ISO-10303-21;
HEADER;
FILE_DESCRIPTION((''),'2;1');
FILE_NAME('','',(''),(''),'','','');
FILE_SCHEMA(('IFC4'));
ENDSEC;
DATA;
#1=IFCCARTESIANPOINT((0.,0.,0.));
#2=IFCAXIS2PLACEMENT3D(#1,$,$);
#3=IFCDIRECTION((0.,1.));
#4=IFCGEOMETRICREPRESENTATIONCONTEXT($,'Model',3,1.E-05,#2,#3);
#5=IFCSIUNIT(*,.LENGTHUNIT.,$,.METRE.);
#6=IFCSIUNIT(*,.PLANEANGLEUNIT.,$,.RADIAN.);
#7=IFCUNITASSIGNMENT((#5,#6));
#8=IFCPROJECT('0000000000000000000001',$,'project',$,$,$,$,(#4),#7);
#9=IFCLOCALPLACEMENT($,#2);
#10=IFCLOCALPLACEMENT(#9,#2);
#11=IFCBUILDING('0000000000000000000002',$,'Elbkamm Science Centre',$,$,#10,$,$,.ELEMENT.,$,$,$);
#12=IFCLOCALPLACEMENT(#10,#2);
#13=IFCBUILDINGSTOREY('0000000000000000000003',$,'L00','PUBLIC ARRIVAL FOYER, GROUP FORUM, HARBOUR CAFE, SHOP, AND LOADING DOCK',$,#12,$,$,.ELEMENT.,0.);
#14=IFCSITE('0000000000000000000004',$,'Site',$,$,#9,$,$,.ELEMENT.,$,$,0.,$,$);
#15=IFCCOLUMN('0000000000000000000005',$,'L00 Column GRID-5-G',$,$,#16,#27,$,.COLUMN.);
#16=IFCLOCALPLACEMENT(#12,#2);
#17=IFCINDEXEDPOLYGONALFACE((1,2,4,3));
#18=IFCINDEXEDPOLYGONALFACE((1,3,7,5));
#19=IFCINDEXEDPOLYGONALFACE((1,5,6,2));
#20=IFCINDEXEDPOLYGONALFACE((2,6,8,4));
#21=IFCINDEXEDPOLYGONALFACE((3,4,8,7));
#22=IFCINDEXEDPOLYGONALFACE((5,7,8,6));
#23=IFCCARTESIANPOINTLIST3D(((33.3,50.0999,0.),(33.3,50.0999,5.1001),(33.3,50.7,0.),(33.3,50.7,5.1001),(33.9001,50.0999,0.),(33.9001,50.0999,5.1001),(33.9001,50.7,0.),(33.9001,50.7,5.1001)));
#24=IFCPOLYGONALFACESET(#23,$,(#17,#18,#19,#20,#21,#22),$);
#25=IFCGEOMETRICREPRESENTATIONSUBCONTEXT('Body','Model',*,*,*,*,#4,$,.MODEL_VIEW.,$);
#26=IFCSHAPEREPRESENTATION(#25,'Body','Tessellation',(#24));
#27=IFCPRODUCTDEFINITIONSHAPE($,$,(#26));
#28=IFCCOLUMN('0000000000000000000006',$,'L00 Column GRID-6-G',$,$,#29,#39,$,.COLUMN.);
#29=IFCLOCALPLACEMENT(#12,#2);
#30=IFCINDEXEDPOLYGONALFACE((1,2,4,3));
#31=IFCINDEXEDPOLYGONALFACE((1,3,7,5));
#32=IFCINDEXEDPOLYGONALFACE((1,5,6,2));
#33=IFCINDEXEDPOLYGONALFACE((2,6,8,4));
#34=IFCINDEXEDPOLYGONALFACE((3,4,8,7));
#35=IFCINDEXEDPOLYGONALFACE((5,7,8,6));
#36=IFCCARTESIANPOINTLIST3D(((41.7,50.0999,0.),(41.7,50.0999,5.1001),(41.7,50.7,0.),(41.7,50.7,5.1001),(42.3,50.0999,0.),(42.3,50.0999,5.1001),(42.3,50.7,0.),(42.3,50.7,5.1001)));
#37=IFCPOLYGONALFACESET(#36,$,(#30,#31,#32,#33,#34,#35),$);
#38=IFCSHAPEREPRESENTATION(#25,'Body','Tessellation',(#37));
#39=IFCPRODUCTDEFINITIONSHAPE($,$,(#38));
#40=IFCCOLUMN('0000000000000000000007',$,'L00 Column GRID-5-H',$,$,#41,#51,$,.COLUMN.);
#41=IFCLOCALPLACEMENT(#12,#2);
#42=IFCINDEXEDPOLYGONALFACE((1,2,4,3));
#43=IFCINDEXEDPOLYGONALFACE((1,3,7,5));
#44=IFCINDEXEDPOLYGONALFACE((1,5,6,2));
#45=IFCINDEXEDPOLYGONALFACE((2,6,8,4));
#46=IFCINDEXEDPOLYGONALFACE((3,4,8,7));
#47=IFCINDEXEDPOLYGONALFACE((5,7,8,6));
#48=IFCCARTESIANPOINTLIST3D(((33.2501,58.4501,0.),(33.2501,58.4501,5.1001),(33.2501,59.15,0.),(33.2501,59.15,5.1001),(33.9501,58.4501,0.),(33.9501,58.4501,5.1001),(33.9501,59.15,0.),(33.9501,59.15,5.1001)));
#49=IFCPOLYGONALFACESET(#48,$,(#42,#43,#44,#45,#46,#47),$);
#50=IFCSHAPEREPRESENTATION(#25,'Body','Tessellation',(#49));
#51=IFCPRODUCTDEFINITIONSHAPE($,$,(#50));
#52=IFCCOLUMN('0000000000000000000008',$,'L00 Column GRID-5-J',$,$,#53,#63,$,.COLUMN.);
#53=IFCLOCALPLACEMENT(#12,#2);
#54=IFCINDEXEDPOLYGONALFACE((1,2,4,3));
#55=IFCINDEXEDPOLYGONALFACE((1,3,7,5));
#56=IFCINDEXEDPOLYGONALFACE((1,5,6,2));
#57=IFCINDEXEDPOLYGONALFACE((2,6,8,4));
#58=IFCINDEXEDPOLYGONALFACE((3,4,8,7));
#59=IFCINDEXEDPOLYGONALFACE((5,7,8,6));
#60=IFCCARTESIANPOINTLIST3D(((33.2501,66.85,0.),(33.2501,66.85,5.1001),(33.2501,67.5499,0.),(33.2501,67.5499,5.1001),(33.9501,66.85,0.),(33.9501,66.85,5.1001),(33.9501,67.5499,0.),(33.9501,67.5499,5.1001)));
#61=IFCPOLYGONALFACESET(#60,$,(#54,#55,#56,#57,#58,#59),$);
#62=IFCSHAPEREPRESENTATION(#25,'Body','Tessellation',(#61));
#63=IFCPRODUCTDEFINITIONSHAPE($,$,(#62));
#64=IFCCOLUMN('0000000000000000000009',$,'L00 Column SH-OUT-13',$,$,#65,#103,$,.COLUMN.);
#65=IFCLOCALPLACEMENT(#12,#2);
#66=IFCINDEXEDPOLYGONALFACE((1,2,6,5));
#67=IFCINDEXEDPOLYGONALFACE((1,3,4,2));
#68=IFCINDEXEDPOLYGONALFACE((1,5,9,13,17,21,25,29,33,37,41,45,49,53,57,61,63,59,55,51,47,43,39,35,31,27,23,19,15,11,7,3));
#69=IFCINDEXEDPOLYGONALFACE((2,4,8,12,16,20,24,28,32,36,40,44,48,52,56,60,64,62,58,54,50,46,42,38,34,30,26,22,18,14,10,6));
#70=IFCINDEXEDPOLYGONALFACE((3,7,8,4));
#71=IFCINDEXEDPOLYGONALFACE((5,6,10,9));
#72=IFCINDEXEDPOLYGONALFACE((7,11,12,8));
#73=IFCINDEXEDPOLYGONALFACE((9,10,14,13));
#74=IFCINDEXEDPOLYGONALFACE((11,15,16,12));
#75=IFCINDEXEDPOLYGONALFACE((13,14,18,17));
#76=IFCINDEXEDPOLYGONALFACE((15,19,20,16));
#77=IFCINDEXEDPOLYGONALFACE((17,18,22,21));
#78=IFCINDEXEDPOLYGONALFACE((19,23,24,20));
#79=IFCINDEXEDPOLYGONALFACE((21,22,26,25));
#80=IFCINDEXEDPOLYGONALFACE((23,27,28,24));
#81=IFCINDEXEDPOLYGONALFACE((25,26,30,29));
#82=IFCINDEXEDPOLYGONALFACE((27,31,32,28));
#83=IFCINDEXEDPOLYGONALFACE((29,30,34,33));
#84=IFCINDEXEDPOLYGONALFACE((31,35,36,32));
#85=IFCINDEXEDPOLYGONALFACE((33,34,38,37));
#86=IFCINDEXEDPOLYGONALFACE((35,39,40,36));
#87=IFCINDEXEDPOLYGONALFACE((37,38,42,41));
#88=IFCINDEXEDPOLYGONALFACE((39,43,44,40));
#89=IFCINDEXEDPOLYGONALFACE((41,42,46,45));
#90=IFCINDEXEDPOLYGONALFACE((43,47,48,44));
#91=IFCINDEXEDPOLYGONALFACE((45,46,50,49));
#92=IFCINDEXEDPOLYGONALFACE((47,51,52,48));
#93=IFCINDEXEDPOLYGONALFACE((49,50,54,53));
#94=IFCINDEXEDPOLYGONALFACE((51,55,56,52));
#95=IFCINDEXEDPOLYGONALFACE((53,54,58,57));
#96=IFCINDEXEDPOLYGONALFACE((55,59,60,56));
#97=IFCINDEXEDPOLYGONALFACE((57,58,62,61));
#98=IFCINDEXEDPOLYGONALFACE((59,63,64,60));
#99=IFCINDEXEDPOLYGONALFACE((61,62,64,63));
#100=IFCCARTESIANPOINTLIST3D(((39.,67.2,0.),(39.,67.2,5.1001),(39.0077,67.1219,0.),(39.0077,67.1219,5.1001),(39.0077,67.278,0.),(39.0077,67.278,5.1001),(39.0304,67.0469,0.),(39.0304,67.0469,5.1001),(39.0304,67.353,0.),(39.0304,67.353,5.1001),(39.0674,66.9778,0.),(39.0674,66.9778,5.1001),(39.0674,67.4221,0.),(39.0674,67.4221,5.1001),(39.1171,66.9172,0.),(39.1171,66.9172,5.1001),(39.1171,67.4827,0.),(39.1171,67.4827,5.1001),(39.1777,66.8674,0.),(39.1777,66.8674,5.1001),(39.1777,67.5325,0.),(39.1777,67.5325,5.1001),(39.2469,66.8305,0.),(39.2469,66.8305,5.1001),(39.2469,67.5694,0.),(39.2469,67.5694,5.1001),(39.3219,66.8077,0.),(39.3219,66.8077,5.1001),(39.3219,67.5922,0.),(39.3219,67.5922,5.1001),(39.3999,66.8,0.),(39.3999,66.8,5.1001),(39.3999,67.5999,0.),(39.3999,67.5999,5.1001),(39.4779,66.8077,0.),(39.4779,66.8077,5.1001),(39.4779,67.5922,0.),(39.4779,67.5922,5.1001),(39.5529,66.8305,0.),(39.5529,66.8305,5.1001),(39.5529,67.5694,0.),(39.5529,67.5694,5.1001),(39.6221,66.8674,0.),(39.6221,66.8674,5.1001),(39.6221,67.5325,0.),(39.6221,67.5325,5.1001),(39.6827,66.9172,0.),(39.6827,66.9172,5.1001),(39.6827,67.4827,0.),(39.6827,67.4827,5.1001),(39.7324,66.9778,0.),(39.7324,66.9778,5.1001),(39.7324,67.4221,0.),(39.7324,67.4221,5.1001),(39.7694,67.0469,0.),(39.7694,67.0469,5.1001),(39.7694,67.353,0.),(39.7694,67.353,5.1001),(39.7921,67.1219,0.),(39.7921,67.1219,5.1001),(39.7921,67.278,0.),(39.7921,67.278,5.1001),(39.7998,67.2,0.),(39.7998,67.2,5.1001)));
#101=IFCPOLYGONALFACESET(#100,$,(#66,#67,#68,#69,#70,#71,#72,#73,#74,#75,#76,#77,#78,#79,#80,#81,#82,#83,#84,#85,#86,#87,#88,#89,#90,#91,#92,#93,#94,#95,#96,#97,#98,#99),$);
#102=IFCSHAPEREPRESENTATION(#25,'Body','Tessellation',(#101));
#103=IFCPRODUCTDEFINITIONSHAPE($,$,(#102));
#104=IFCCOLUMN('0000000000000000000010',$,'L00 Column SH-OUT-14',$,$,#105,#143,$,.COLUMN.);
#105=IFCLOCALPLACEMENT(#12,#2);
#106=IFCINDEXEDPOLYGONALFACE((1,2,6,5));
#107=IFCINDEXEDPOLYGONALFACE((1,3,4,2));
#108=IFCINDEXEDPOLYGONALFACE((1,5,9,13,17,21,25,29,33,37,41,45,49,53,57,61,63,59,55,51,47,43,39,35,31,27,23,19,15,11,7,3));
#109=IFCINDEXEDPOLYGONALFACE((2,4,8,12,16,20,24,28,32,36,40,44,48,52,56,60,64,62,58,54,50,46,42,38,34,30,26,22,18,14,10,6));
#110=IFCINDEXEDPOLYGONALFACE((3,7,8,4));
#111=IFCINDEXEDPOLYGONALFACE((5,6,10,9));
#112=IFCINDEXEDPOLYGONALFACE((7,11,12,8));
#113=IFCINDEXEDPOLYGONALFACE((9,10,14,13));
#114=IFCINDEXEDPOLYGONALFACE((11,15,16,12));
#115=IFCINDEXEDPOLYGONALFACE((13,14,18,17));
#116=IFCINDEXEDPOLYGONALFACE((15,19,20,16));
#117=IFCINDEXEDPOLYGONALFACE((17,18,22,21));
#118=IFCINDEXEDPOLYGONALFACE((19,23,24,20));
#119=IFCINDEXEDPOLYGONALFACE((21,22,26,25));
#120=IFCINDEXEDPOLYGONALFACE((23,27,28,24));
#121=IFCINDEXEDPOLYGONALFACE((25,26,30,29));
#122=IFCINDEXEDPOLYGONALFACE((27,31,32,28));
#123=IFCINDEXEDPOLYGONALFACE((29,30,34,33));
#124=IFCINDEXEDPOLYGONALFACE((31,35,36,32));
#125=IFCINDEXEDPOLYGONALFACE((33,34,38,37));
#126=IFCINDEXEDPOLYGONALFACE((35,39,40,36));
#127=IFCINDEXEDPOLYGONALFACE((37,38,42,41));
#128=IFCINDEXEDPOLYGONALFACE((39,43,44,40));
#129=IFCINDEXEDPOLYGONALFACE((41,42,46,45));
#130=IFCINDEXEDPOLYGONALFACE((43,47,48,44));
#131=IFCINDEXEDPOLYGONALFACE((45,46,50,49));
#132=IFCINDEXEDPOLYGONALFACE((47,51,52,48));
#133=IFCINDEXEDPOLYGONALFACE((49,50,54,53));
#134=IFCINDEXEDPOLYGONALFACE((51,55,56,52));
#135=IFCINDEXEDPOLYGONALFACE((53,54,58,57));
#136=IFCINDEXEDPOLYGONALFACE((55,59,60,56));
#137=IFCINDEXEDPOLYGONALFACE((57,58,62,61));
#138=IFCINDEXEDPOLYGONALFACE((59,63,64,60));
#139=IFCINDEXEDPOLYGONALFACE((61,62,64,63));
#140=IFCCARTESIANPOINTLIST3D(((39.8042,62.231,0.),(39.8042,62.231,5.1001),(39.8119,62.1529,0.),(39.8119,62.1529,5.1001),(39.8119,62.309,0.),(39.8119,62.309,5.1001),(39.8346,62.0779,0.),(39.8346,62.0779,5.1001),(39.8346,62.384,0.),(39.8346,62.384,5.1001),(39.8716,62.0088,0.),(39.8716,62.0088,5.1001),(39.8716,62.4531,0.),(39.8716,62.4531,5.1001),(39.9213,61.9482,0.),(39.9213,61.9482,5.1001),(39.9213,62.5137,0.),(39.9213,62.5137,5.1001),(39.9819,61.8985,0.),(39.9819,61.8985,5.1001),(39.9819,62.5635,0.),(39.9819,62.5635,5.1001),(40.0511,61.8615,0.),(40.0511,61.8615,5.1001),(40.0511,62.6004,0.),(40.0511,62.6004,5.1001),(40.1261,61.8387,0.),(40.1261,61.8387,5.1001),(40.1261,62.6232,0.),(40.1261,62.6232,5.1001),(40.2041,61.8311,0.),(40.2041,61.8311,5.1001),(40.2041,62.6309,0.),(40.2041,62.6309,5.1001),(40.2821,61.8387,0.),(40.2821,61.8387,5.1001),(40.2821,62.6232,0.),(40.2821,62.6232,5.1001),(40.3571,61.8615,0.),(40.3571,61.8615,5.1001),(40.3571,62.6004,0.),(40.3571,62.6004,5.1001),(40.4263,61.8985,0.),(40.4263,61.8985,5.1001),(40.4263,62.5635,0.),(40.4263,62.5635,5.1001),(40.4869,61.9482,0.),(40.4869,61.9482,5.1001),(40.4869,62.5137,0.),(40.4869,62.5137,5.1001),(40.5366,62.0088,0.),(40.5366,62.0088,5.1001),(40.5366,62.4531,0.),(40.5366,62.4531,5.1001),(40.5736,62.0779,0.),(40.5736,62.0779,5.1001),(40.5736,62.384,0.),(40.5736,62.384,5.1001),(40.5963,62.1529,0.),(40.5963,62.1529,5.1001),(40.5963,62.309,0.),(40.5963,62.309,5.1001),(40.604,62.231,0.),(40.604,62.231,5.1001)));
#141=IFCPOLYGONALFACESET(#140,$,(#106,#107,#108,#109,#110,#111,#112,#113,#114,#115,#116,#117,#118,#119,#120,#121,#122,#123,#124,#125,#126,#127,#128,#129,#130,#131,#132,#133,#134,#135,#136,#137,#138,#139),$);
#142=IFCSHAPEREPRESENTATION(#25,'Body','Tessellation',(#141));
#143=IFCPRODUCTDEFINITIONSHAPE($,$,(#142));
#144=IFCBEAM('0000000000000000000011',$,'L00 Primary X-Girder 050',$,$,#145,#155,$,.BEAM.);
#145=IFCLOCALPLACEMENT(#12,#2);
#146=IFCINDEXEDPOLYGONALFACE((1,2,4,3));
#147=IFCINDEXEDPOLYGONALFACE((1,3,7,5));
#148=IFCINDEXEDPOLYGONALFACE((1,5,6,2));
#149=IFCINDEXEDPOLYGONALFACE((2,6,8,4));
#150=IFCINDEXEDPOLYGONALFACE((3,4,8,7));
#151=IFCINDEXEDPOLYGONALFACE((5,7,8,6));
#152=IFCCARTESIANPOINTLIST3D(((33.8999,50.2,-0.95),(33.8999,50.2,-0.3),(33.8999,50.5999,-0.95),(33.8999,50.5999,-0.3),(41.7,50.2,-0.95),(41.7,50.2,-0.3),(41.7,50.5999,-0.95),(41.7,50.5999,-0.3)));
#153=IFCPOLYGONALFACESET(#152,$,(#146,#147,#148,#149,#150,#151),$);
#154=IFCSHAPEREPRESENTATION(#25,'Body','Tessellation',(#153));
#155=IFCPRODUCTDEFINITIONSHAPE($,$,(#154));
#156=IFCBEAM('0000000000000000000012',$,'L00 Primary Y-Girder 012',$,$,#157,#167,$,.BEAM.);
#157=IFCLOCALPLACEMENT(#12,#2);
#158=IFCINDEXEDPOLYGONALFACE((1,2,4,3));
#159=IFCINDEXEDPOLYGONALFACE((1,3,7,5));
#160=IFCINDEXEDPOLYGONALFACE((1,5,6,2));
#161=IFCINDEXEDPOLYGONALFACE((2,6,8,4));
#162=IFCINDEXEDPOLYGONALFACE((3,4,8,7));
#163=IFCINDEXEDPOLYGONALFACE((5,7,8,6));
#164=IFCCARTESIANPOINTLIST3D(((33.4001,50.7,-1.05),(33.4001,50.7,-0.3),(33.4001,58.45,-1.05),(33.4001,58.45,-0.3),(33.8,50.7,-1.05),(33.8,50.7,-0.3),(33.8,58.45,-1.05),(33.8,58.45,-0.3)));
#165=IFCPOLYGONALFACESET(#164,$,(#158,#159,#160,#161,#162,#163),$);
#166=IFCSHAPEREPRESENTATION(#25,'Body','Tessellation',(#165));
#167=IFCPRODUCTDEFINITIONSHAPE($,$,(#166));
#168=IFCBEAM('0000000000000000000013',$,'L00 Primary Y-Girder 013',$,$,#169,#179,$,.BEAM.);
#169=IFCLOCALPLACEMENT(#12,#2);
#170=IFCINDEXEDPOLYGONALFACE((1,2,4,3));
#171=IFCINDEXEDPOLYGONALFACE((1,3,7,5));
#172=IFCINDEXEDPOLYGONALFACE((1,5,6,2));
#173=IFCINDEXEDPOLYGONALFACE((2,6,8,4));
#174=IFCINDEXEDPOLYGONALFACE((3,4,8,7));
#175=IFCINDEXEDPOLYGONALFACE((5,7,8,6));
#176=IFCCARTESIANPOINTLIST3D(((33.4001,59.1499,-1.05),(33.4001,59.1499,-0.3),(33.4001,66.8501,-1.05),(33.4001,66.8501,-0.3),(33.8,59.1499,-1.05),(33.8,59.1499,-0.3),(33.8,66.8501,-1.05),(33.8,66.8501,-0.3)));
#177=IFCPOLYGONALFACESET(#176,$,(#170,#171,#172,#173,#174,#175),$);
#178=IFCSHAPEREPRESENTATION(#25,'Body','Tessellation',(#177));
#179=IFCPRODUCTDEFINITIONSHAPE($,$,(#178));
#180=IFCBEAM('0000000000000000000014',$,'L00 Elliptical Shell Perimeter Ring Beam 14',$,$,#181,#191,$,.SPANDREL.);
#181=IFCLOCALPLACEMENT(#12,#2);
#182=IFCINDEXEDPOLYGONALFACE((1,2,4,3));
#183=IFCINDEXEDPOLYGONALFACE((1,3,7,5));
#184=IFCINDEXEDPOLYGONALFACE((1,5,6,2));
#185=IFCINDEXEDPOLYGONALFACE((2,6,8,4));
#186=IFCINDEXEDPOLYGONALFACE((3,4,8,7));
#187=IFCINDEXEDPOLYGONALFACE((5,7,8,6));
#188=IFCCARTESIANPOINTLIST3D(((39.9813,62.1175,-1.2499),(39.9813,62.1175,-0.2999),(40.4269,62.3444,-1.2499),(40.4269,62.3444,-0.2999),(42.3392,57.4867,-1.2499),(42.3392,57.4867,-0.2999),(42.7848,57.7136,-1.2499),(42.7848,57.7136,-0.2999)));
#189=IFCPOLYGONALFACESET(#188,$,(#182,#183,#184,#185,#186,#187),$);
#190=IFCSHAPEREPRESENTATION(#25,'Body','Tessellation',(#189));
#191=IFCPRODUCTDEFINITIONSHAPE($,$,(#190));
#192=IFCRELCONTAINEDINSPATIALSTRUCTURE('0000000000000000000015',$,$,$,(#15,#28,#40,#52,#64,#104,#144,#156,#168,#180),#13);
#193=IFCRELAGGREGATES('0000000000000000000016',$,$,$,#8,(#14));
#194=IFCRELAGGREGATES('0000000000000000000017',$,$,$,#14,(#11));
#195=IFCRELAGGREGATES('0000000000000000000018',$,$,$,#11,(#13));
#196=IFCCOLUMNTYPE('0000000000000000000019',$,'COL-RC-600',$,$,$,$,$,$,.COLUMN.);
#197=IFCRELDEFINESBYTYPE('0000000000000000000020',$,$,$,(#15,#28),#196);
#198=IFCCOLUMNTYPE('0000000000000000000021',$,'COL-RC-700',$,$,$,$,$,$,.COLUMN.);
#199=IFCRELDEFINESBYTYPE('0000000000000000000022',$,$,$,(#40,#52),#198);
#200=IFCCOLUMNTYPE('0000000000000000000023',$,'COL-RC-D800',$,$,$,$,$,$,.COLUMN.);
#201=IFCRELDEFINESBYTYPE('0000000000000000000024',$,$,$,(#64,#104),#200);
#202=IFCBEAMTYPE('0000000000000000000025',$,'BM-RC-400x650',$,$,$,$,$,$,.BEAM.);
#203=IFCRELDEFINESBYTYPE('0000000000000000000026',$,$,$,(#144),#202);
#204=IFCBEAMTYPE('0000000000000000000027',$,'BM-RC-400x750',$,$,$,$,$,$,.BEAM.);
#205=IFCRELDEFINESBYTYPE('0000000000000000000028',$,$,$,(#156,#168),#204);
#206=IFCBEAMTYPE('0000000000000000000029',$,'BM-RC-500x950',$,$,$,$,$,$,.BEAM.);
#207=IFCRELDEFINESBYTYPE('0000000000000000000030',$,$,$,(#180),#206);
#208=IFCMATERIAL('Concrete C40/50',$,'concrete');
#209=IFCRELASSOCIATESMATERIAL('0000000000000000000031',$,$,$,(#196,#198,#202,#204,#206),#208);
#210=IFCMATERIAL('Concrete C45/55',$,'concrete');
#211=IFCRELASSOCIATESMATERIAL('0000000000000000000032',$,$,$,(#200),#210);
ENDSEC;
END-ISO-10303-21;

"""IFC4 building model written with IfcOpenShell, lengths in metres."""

from ifc_helpers import new_model, si_unit, direction, frame, origin, origin_2d, place, context, subcontext, project, spatial, rectangle, circle, extrude, material, material_profile, profile_set, type_object, element, save


model = new_model("IFC4")

# Units and contexts
model_context = context("Model", 3, precision=1e-05, world=origin(), true_north=direction((0.0, 1.0)))
body_context = subcontext(model_context, "Body", "Model", "MODEL_VIEW")
ifc_project = project(units=[si_unit("LENGTHUNIT", "METRE"), si_unit("PLANEANGLEUNIT", "RADIAN")], contexts=[model_context])

# Site, building, storey
site_placement = place(None, origin())
site = spatial("IfcSite", under=ifc_project, at=site_placement, Name="Site", CompositionType="ELEMENT", RefElevation=0.0)
building_placement = place(site_placement, origin())
building = spatial("IfcBuilding", under=site, at=building_placement, Name="Elbkamm Science Centre", CompositionType="ELEMENT")
storey_placement = place(building_placement, origin())
storey = spatial("IfcBuildingStorey", under=building, at=storey_placement, Name="L00", Description="PUBLIC ARRIVAL FOYER, GROUP FORUM, HARBOUR CAFE, SHOP, AND LOADING DOCK", CompositionType="ELEMENT", Elevation=0.0)

# Columns
ifc_material_1 = material(Name="Concrete C40/50", Category="concrete")
ifc_material_profile_1 = material_profile(ifc_material_1, rectangle(XDim=0.6001, YDim=0.6001, at=origin_2d()), Name="RC 600x600")
ifc_profile_set_1 = profile_set([ifc_material_profile_1], Name="Concrete C40/50")
column_type_1 = type_object("IfcColumnType", Name="COL-RC-600", PredefinedType="COLUMN", material=ifc_profile_set_1)
for number, where, z_axis, x_axis, name in (
    (1, (33.6001, 50.3999, 0.0), (0.0, 0.0, 1.0), (1.0, 0.0, 0.0), "L00 Column GRID-5-G"),
    (2, (42.0, 50.3999, 0.0), (0.0, 0.0, 1.0), (1.0, 0.0, 0.0), "L00 Column GRID-6-G"),
):
    element("IfcColumn", number, at=place(storey_placement, frame(where, z_axis=z_axis, x_axis=x_axis)), inside=storey, type_object=column_type_1, Name=name, PredefinedType="COLUMN", context=body_context, shape_type="SweptSolid", body=[
        extrude(rectangle(XDim=0.6001, YDim=0.6001, at=origin_2d()), origin(), (0.0, 0.0, 1.0), 5.1001),
    ])
ifc_material_profile_2 = material_profile(ifc_material_1, rectangle(XDim=0.7, YDim=0.7, at=origin_2d()), Name="RC 700x700")
ifc_profile_set_2 = profile_set([ifc_material_profile_2], Name="Concrete C40/50")
column_type_2 = type_object("IfcColumnType", Name="COL-RC-700", PredefinedType="COLUMN", material=ifc_profile_set_2)
for number, where, z_axis, x_axis, name in (
    (3, (33.6001, 58.8, 0.0), (0.0, 0.0, 1.0), (1.0, 0.0, 0.0), "L00 Column GRID-5-H"),
    (4, (33.6001, 67.2, 0.0), (0.0, 0.0, 1.0), (1.0, 0.0, 0.0), "L00 Column GRID-5-J"),
):
    element("IfcColumn", number, at=place(storey_placement, frame(where, z_axis=z_axis, x_axis=x_axis)), inside=storey, type_object=column_type_2, Name=name, PredefinedType="COLUMN", context=body_context, shape_type="SweptSolid", body=[
        extrude(rectangle(XDim=0.7, YDim=0.7, at=origin_2d()), origin(), (0.0, 0.0, 1.0), 5.1001),
    ])
ifc_material_2 = material(Name="Concrete C45/55", Category="concrete")
ifc_material_profile_3 = material_profile(ifc_material_2, circle(Radius=0.3999, at=origin_2d()), Name="RC D800")
ifc_profile_set_3 = profile_set([ifc_material_profile_3], Name="Concrete C45/55")
column_type_3 = type_object("IfcColumnType", Name="COL-RC-D800", PredefinedType="COLUMN", material=ifc_profile_set_3)
for number, where, z_axis, x_axis, name in (
    (5, (39.3999, 67.2, 0.0), (0.0, 0.0, 1.0), (1.0, 0.0, 0.0), "L00 Column SH-OUT-13"),
    (6, (40.2041, 62.231, 0.0), (0.0, 0.0, 1.0), (1.0, 0.0, 0.0), "L00 Column SH-OUT-14"),
):
    element("IfcColumn", number, at=place(storey_placement, frame(where, z_axis=z_axis, x_axis=x_axis)), inside=storey, type_object=column_type_3, Name=name, PredefinedType="COLUMN", context=body_context, shape_type="SweptSolid", body=[
        extrude(circle(Radius=0.3999, at=origin_2d()), origin(), (0.0, 0.0, 1.0), 5.1001),
    ])

# Beams
ifc_material_profile_4 = material_profile(ifc_material_1, rectangle(XDim=0.3999, YDim=0.6499, at=origin_2d()), Name="RC 400x650")
ifc_profile_set_4 = profile_set([ifc_material_profile_4], Name="Concrete C40/50")
beam_type_1 = type_object("IfcBeamType", Name="BM-RC-400x650", PredefinedType="BEAM", material=ifc_profile_set_4)
beam_1_placement = place(storey_placement, frame((33.8999, 50.3999, -0.625), z_axis=(1.0, 0.0, 0.0), x_axis=(0.0, 1.0, 0.0)))
element("IfcBeam", 7, at=beam_1_placement, inside=storey, type_object=beam_type_1, Name="L00 Primary X-Girder 050", PredefinedType="BEAM", context=body_context, shape_type="SweptSolid", body=[
    extrude(rectangle(XDim=0.3999, YDim=0.6499, at=origin_2d()), origin(), (0.0, 0.0, 1.0), 7.8),
])
ifc_material_profile_5 = material_profile(ifc_material_1, rectangle(XDim=0.3999, YDim=0.75, at=origin_2d()), Name="RC 400x750")
ifc_profile_set_5 = profile_set([ifc_material_profile_5], Name="Concrete C40/50")
beam_type_2 = type_object("IfcBeamType", Name="BM-RC-400x750", PredefinedType="BEAM", material=ifc_profile_set_5)
beam_2_placement = place(storey_placement, frame((33.6001, 50.7, -0.675), z_axis=(0.0, 1.0, 0.0), x_axis=(-1.0, 0.0, 0.0)))
element("IfcBeam", 8, at=beam_2_placement, inside=storey, type_object=beam_type_2, Name="L00 Primary Y-Girder 012", PredefinedType="BEAM", context=body_context, shape_type="SweptSolid", body=[
    extrude(rectangle(XDim=0.3999, YDim=0.75, at=origin_2d()), origin(), (0.0, 0.0, 1.0), 7.75),
])
beam_3_placement = place(storey_placement, frame((33.6001, 59.1499, -0.675), z_axis=(0.0, 1.0, 0.0), x_axis=(-1.0, 0.0, 0.0)))
element("IfcBeam", 9, at=beam_3_placement, inside=storey, type_object=beam_type_2, Name="L00 Primary Y-Girder 013", PredefinedType="BEAM", context=body_context, shape_type="SweptSolid", body=[
    extrude(rectangle(XDim=0.3999, YDim=0.75, at=origin_2d()), origin(), (0.0, 0.0, 1.0), 7.7002),
])
ifc_material_profile_6 = material_profile(ifc_material_1, rectangle(XDim=0.5, YDim=0.95, at=origin_2d()), Name="RC 500x950")
ifc_profile_set_6 = profile_set([ifc_material_profile_6], Name="Concrete C40/50")
beam_type_3 = type_object("IfcBeamType", Name="BM-RC-500x950", PredefinedType="BEAM", material=ifc_profile_set_6)
beam_4_placement = place(storey_placement, frame((40.2041, 62.231, -0.7749), z_axis=(0.453741, -0.891133, 0.0), x_axis=(0.891133, 0.453741, 0.0)))
element("IfcBeam", 10, at=beam_4_placement, inside=storey, type_object=beam_type_3, Name="L00 Elliptical Shell Perimeter Ring Beam 14", PredefinedType="SPANDREL", context=body_context, shape_type="SweptSolid", body=[
    extrude(rectangle(XDim=0.5, YDim=0.95, at=origin_2d()), origin(), (0.0, 0.0, 1.0), 5.1965),
])

save(model, "model.ifc")
